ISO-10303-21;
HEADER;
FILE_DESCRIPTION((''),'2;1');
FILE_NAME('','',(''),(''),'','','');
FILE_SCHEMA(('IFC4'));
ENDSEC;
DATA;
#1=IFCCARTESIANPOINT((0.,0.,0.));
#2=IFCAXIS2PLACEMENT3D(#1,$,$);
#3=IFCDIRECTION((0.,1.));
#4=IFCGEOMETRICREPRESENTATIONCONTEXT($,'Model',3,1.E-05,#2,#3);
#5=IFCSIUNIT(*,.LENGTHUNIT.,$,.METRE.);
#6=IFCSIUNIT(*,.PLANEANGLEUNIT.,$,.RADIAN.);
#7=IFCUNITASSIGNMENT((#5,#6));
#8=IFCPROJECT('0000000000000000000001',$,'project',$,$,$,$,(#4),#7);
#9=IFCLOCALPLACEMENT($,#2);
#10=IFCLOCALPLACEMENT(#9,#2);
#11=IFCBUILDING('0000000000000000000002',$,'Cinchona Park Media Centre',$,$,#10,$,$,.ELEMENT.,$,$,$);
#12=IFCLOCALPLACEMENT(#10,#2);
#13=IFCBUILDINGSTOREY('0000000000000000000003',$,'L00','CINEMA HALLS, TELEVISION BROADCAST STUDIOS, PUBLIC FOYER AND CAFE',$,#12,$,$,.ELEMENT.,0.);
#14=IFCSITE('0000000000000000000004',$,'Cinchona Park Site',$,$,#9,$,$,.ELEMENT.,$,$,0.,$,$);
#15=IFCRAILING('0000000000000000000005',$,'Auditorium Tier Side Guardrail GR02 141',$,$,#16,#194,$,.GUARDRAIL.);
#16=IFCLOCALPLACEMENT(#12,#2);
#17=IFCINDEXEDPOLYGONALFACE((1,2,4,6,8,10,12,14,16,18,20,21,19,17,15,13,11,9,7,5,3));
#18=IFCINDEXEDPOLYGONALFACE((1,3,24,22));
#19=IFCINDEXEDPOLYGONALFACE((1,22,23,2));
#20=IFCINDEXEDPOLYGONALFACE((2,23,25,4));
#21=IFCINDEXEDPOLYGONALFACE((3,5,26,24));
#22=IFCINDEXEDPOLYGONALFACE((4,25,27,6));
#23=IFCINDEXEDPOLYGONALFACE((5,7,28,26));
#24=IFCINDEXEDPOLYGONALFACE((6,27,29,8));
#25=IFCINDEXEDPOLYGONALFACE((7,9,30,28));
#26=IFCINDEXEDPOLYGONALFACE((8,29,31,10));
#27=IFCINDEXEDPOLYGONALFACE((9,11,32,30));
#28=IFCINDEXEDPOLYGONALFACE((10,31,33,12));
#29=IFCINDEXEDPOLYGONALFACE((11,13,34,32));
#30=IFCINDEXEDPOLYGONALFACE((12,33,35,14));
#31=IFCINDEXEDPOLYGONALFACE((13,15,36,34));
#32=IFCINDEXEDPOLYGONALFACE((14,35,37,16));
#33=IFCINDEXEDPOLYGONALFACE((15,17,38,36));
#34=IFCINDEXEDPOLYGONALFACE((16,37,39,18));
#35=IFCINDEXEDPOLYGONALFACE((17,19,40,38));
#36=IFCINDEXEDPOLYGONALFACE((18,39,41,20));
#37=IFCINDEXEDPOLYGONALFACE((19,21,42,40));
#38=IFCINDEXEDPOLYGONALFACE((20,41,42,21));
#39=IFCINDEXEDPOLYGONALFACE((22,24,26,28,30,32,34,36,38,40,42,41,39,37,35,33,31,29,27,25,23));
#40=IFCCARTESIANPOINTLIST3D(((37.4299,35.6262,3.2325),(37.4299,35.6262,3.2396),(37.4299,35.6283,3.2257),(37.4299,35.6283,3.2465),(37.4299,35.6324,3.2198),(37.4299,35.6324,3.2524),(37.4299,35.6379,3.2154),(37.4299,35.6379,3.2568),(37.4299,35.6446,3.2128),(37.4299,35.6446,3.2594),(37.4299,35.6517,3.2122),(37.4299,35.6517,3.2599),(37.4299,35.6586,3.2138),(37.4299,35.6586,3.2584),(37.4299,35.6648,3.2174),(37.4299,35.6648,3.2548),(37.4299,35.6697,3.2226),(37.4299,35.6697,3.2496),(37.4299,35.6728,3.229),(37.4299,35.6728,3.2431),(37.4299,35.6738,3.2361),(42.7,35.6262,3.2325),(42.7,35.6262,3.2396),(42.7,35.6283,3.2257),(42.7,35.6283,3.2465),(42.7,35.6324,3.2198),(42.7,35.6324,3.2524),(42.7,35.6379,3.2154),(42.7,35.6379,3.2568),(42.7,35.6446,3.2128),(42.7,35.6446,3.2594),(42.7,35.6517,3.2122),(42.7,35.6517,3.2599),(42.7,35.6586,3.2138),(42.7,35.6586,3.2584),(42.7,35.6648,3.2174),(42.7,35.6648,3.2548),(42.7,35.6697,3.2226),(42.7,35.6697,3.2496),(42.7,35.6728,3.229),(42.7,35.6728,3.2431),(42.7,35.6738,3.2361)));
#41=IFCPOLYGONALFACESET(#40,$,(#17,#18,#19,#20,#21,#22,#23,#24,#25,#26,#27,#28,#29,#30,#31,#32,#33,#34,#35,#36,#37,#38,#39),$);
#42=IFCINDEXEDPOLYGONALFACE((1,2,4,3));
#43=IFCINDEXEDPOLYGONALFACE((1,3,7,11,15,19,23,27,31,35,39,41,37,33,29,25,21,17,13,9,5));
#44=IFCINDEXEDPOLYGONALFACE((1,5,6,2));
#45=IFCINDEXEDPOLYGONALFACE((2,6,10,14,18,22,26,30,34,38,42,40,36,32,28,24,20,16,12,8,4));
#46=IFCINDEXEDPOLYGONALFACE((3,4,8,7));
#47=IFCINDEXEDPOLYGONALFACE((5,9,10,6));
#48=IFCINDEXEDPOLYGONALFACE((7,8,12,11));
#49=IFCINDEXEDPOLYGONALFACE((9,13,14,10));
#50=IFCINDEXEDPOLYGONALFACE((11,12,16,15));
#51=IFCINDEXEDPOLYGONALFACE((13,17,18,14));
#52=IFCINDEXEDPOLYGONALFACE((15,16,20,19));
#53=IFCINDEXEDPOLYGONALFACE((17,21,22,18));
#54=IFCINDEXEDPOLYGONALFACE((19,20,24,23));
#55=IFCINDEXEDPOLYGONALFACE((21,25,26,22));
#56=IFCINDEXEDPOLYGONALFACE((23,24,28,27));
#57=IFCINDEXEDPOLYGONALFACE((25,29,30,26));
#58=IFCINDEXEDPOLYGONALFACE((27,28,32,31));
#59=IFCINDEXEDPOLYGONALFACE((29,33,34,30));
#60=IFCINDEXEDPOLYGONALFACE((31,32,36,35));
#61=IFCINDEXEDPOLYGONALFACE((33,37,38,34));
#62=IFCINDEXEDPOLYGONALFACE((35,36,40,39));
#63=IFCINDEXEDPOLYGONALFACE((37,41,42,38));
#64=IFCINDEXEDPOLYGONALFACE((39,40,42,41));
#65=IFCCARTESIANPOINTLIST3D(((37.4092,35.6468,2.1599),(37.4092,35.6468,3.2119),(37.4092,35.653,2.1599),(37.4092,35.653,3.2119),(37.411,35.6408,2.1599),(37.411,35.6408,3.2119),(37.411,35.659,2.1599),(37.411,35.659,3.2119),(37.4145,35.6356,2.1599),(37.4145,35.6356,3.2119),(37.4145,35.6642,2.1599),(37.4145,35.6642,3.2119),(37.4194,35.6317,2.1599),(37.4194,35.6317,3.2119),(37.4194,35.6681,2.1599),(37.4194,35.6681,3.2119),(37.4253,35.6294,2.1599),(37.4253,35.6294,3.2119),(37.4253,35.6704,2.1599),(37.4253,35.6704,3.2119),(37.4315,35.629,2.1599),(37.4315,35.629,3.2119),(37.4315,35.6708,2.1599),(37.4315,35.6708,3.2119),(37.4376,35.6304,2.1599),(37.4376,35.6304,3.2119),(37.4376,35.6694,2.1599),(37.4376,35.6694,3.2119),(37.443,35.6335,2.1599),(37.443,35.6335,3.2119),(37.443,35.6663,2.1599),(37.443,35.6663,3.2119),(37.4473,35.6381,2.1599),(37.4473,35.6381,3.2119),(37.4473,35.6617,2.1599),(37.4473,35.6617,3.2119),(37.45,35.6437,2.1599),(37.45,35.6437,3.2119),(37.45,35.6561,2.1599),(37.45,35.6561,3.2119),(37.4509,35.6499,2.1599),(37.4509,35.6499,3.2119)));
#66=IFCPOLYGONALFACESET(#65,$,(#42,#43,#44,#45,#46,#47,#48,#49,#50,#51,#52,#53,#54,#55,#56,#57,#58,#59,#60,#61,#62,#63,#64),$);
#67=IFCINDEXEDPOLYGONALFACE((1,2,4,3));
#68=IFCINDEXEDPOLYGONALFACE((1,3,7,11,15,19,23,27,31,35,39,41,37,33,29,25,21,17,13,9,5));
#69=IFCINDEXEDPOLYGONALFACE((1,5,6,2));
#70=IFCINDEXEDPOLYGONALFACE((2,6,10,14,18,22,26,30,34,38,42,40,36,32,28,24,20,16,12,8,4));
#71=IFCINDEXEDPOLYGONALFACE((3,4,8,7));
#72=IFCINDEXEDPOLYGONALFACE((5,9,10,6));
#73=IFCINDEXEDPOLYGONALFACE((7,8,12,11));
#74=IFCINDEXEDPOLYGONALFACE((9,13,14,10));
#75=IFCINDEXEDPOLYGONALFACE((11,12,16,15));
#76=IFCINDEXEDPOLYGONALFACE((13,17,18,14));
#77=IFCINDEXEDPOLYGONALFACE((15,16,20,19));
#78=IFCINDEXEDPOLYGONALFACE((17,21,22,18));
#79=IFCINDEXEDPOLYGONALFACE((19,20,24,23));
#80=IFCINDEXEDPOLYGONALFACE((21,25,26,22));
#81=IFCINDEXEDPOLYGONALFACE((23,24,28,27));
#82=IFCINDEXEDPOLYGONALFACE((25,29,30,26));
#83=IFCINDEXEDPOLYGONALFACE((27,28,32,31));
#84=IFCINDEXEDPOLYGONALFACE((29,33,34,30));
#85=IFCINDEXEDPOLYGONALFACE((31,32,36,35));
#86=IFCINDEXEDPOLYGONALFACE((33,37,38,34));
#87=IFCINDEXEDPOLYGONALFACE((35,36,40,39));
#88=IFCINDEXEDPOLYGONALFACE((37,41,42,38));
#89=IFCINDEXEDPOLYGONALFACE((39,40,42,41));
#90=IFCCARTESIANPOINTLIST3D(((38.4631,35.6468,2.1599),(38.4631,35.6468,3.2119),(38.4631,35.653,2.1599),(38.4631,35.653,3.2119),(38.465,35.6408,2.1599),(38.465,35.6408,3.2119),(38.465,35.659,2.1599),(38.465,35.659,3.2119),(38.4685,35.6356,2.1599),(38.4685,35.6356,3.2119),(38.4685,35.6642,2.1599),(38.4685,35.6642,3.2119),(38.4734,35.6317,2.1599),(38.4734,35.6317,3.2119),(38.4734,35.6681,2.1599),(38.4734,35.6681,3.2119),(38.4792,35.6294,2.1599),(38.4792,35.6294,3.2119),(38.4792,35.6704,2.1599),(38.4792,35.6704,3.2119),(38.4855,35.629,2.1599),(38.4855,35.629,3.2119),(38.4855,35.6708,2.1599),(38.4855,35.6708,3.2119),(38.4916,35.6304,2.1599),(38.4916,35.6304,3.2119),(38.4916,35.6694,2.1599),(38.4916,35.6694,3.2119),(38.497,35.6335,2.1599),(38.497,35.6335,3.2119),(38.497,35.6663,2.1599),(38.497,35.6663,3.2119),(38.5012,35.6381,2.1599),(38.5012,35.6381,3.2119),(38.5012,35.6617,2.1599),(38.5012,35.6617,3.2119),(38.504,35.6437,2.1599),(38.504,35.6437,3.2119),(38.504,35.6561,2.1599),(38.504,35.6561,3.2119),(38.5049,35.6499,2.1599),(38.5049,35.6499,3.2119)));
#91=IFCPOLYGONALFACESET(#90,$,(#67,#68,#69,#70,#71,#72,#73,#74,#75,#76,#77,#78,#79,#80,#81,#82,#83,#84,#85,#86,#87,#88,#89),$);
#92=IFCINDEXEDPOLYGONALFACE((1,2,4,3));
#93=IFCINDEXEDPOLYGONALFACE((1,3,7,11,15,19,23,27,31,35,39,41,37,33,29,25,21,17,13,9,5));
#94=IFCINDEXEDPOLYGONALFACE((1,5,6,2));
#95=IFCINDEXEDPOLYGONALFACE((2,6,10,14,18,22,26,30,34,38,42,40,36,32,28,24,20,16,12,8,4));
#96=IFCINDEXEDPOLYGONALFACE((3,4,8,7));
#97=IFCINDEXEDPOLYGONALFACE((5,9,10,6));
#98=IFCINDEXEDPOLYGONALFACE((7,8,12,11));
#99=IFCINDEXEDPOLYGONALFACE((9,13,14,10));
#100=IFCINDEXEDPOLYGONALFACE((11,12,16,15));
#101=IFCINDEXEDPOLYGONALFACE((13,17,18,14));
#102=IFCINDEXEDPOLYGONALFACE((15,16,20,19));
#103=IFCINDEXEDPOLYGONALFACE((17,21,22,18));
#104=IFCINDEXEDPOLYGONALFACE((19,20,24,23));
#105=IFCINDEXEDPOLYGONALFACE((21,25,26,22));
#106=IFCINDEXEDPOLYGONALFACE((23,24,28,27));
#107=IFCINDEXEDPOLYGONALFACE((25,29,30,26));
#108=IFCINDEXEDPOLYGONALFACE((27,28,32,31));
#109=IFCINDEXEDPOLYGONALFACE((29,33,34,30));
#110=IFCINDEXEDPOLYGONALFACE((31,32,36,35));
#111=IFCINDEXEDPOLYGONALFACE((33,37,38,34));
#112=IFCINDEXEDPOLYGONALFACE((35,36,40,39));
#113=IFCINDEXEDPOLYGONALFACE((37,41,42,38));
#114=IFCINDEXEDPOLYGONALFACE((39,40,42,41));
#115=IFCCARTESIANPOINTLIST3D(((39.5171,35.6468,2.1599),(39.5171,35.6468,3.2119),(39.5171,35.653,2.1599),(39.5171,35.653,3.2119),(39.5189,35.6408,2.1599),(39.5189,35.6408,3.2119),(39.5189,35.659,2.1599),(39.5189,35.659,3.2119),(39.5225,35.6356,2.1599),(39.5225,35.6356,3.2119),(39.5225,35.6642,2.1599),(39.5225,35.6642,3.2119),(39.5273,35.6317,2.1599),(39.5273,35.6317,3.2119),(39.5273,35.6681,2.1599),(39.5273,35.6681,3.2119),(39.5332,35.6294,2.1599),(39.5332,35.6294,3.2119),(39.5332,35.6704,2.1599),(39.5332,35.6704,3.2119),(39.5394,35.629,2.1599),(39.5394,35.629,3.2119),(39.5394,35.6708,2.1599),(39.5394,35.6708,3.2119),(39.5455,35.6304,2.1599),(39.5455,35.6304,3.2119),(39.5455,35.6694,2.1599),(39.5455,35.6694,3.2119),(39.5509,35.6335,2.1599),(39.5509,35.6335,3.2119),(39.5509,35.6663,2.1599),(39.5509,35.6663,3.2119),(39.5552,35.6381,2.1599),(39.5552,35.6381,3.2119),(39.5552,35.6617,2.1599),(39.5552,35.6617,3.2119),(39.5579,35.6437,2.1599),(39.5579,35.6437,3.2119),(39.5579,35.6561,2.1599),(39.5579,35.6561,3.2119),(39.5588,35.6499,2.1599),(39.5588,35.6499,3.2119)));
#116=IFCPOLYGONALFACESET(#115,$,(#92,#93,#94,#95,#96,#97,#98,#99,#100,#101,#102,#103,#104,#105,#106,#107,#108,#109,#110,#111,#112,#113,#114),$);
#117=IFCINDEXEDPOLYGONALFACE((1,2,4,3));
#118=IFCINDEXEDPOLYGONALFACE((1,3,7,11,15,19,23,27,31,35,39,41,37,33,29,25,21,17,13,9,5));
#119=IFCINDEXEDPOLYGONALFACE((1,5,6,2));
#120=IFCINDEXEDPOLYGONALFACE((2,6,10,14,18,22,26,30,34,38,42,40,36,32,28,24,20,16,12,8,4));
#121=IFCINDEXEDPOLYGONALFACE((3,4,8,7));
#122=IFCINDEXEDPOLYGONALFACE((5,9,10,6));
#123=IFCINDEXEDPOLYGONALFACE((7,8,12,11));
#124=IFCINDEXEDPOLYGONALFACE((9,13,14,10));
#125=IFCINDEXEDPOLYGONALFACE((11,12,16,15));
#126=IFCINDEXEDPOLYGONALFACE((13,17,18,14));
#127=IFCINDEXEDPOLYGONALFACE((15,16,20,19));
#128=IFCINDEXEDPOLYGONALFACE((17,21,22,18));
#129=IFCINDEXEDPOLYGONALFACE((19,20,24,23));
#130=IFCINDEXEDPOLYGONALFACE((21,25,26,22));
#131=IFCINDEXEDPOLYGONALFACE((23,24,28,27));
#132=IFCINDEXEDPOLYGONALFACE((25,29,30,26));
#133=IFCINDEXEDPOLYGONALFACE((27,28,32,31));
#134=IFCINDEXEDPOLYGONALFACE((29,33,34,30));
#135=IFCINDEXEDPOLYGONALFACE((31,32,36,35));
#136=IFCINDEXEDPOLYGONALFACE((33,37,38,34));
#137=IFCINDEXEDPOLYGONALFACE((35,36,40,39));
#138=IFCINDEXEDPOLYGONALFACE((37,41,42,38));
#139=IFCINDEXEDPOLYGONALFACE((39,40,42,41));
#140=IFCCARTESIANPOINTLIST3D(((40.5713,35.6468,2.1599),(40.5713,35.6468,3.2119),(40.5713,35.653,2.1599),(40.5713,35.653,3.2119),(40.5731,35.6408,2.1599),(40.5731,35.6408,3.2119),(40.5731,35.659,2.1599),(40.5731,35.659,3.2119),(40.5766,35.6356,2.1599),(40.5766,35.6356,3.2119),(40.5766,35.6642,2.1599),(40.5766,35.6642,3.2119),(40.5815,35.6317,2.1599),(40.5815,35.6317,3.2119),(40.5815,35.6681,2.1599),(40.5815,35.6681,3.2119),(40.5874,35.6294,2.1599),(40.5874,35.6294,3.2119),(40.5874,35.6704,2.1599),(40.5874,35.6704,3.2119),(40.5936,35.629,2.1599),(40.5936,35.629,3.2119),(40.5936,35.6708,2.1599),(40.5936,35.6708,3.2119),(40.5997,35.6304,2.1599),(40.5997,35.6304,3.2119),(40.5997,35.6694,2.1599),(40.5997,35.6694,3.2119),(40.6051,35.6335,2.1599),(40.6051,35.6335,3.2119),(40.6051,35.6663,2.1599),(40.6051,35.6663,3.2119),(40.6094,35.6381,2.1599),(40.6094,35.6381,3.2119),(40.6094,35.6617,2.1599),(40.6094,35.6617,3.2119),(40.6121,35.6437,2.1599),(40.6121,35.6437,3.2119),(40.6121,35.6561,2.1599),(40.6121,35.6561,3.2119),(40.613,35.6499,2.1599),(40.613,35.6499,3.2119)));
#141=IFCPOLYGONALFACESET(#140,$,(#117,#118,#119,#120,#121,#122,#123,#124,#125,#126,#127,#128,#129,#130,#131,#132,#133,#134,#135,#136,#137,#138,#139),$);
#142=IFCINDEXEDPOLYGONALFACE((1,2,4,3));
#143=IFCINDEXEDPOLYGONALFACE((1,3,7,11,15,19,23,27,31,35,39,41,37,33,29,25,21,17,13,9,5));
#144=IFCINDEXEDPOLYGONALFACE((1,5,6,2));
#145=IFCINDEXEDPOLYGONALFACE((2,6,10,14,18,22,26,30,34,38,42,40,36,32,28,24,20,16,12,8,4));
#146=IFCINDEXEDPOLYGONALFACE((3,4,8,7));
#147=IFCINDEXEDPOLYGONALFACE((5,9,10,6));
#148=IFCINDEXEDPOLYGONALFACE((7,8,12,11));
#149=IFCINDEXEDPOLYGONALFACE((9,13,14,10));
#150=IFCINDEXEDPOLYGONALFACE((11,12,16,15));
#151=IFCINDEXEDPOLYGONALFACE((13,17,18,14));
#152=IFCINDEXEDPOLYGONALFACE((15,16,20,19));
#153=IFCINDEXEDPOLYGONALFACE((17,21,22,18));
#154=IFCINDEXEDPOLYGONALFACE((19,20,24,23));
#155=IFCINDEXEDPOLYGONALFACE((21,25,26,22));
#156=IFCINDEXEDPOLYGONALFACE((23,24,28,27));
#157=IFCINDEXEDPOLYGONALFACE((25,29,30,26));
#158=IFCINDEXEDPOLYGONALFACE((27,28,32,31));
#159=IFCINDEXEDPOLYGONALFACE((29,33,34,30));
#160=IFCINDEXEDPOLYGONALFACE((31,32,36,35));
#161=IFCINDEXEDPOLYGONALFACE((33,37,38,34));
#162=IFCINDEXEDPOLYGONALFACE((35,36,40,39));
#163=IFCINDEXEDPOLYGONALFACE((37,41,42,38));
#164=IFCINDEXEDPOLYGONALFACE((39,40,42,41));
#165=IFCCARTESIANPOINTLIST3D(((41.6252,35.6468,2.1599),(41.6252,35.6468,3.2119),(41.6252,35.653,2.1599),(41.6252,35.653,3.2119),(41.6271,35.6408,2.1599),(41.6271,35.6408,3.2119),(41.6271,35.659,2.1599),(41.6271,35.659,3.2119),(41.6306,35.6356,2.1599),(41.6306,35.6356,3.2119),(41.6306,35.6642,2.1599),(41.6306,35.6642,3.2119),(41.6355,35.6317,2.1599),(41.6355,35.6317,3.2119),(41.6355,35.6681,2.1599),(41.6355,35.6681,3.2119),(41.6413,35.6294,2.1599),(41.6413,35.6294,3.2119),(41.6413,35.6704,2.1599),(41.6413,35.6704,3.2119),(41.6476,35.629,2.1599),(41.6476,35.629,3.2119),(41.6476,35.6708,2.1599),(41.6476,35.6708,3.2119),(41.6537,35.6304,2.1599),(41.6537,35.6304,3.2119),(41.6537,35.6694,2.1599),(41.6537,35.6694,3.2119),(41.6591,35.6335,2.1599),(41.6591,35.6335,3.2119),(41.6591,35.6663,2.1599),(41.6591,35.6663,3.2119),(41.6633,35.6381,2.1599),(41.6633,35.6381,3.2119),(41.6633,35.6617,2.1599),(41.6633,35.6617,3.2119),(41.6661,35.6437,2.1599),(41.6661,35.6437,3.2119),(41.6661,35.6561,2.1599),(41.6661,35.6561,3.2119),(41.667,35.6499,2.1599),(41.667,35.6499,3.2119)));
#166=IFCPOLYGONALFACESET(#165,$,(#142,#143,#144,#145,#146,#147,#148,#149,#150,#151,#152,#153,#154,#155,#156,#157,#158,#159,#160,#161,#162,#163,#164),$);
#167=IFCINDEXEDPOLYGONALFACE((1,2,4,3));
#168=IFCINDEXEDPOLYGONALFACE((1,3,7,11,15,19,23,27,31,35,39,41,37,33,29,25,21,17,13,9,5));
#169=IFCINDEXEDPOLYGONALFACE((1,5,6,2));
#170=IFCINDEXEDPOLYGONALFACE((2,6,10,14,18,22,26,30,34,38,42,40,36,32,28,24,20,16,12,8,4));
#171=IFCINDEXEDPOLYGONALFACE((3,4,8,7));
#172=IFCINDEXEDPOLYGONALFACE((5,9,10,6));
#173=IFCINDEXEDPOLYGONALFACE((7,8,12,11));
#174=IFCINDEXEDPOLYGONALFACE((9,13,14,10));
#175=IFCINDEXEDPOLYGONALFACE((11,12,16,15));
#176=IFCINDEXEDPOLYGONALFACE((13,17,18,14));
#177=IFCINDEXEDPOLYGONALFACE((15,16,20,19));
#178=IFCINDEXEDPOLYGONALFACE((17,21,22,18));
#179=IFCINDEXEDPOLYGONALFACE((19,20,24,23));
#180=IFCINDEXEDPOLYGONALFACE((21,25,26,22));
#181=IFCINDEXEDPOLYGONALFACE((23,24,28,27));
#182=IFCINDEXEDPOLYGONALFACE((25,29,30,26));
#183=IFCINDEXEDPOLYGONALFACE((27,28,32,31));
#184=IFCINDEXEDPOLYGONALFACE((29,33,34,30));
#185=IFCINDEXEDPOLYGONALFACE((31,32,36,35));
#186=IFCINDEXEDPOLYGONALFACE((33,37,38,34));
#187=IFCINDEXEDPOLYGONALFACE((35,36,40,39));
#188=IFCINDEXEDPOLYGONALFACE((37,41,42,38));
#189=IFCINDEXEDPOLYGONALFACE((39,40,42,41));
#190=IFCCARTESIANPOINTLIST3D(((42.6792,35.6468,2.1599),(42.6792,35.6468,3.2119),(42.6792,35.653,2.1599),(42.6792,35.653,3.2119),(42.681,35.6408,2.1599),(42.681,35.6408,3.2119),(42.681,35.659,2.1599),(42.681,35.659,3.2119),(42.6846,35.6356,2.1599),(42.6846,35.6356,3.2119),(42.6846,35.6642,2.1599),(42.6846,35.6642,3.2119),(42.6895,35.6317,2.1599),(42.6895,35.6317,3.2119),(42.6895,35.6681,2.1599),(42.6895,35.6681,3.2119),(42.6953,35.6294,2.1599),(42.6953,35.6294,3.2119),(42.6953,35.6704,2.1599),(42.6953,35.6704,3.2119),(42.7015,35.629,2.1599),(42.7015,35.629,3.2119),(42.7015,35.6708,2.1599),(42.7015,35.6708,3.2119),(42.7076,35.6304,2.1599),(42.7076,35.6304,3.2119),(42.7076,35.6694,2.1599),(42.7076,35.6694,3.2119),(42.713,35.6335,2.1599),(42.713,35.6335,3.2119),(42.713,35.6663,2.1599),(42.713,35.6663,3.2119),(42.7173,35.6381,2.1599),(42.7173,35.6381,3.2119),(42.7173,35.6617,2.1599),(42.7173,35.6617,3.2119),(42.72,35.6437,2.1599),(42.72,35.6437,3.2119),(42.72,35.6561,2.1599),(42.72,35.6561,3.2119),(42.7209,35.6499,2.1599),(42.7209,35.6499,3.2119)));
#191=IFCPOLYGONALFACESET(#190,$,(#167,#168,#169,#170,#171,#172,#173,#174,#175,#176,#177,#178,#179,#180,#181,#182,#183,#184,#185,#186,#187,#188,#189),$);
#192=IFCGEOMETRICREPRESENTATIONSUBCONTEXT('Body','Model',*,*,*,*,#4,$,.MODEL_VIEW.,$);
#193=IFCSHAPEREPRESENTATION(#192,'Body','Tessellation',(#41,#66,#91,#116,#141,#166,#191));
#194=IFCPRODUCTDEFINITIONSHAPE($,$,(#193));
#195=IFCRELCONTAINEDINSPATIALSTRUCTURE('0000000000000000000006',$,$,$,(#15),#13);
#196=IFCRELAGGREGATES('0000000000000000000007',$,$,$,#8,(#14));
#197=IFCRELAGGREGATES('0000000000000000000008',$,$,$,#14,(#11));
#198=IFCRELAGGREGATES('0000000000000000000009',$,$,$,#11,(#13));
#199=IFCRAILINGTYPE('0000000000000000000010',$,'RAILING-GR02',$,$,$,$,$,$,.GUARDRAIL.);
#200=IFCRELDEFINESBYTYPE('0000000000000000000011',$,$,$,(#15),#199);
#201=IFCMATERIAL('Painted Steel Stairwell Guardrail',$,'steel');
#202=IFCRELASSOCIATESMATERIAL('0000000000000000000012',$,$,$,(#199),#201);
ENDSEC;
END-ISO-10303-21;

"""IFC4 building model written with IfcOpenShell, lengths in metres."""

from ifc_helpers import new_model, si_unit, direction, frame, origin, origin_2d, place, context, subcontext, project, spatial, circle, extrude, material, type_object, element, save


model = new_model("IFC4")

# Units and contexts
model_context = context("Model", 3, precision=1e-05, world=origin(), true_north=direction((0.0, 1.0)))
body_context = subcontext(model_context, "Body", "Model", "MODEL_VIEW")
ifc_project = project(units=[si_unit("LENGTHUNIT", "METRE"), si_unit("PLANEANGLEUNIT", "RADIAN")], contexts=[model_context])

# Site, building, storey
site_placement = place(None, origin())
site = spatial("IfcSite", under=ifc_project, at=site_placement, Name="Cinchona Park Site", CompositionType="ELEMENT", RefElevation=0.0)
building_placement = place(site_placement, origin())
building = spatial("IfcBuilding", under=site, at=building_placement, Name="Cinchona Park Media Centre", CompositionType="ELEMENT")
storey_placement = place(building_placement, origin())
storey = spatial("IfcBuildingStorey", under=building, at=storey_placement, Name="L00", Description="CINEMA HALLS, TELEVISION BROADCAST STUDIOS, PUBLIC FOYER AND CAFE", CompositionType="ELEMENT", Elevation=0.0)

# Railing
ifc_material_1 = material(Name="Painted Steel Stairwell Guardrail", Category="steel")
railing_type_1 = type_object("IfcRailingType", Name="RAILING-GR02", PredefinedType="GUARDRAIL", material=ifc_material_1)
railing_1_placement = place(storey_placement, frame((37.4299, 35.6499, 2.1599)))
element("IfcRailing", 1, at=railing_1_placement, inside=storey, type_object=railing_type_1, Name="Auditorium Tier Side Guardrail GR02 141", PredefinedType="GUARDRAIL", context=body_context, shape_type="SweptSolid", body=[
    extrude(circle(Radius=0.0239, at=origin_2d()), frame((0.0, 0.0, 1.0762), z_axis=(1.0, 0.0, 0.0), x_axis=(0.0, 1.0, 0.0)), (0.0, 0.0, 1.0), 5.27),
    extrude(circle(Radius=0.021, at=origin_2d()), origin(), (0.0, 0.0, 1.0), 1.052),
    extrude(circle(Radius=0.021, at=origin_2d()), frame((1.054, 0.0, 0.0)), (0.0, 0.0, 1.0), 1.052),
    extrude(circle(Radius=0.021, at=origin_2d()), frame((2.1079, 0.0, 0.0)), (0.0, 0.0, 1.0), 1.052),
    extrude(circle(Radius=0.021, at=origin_2d()), frame((3.1621, 0.0, 0.0)), (0.0, 0.0, 1.0), 1.052),
    extrude(circle(Radius=0.021, at=origin_2d()), frame((4.2161, 0.0, 0.0)), (0.0, 0.0, 1.0), 1.052),
    extrude(circle(Radius=0.021, at=origin_2d()), frame((5.27, 0.0, 0.0)), (0.0, 0.0, 1.0), 1.052),
])

save(model, "model.ifc")
